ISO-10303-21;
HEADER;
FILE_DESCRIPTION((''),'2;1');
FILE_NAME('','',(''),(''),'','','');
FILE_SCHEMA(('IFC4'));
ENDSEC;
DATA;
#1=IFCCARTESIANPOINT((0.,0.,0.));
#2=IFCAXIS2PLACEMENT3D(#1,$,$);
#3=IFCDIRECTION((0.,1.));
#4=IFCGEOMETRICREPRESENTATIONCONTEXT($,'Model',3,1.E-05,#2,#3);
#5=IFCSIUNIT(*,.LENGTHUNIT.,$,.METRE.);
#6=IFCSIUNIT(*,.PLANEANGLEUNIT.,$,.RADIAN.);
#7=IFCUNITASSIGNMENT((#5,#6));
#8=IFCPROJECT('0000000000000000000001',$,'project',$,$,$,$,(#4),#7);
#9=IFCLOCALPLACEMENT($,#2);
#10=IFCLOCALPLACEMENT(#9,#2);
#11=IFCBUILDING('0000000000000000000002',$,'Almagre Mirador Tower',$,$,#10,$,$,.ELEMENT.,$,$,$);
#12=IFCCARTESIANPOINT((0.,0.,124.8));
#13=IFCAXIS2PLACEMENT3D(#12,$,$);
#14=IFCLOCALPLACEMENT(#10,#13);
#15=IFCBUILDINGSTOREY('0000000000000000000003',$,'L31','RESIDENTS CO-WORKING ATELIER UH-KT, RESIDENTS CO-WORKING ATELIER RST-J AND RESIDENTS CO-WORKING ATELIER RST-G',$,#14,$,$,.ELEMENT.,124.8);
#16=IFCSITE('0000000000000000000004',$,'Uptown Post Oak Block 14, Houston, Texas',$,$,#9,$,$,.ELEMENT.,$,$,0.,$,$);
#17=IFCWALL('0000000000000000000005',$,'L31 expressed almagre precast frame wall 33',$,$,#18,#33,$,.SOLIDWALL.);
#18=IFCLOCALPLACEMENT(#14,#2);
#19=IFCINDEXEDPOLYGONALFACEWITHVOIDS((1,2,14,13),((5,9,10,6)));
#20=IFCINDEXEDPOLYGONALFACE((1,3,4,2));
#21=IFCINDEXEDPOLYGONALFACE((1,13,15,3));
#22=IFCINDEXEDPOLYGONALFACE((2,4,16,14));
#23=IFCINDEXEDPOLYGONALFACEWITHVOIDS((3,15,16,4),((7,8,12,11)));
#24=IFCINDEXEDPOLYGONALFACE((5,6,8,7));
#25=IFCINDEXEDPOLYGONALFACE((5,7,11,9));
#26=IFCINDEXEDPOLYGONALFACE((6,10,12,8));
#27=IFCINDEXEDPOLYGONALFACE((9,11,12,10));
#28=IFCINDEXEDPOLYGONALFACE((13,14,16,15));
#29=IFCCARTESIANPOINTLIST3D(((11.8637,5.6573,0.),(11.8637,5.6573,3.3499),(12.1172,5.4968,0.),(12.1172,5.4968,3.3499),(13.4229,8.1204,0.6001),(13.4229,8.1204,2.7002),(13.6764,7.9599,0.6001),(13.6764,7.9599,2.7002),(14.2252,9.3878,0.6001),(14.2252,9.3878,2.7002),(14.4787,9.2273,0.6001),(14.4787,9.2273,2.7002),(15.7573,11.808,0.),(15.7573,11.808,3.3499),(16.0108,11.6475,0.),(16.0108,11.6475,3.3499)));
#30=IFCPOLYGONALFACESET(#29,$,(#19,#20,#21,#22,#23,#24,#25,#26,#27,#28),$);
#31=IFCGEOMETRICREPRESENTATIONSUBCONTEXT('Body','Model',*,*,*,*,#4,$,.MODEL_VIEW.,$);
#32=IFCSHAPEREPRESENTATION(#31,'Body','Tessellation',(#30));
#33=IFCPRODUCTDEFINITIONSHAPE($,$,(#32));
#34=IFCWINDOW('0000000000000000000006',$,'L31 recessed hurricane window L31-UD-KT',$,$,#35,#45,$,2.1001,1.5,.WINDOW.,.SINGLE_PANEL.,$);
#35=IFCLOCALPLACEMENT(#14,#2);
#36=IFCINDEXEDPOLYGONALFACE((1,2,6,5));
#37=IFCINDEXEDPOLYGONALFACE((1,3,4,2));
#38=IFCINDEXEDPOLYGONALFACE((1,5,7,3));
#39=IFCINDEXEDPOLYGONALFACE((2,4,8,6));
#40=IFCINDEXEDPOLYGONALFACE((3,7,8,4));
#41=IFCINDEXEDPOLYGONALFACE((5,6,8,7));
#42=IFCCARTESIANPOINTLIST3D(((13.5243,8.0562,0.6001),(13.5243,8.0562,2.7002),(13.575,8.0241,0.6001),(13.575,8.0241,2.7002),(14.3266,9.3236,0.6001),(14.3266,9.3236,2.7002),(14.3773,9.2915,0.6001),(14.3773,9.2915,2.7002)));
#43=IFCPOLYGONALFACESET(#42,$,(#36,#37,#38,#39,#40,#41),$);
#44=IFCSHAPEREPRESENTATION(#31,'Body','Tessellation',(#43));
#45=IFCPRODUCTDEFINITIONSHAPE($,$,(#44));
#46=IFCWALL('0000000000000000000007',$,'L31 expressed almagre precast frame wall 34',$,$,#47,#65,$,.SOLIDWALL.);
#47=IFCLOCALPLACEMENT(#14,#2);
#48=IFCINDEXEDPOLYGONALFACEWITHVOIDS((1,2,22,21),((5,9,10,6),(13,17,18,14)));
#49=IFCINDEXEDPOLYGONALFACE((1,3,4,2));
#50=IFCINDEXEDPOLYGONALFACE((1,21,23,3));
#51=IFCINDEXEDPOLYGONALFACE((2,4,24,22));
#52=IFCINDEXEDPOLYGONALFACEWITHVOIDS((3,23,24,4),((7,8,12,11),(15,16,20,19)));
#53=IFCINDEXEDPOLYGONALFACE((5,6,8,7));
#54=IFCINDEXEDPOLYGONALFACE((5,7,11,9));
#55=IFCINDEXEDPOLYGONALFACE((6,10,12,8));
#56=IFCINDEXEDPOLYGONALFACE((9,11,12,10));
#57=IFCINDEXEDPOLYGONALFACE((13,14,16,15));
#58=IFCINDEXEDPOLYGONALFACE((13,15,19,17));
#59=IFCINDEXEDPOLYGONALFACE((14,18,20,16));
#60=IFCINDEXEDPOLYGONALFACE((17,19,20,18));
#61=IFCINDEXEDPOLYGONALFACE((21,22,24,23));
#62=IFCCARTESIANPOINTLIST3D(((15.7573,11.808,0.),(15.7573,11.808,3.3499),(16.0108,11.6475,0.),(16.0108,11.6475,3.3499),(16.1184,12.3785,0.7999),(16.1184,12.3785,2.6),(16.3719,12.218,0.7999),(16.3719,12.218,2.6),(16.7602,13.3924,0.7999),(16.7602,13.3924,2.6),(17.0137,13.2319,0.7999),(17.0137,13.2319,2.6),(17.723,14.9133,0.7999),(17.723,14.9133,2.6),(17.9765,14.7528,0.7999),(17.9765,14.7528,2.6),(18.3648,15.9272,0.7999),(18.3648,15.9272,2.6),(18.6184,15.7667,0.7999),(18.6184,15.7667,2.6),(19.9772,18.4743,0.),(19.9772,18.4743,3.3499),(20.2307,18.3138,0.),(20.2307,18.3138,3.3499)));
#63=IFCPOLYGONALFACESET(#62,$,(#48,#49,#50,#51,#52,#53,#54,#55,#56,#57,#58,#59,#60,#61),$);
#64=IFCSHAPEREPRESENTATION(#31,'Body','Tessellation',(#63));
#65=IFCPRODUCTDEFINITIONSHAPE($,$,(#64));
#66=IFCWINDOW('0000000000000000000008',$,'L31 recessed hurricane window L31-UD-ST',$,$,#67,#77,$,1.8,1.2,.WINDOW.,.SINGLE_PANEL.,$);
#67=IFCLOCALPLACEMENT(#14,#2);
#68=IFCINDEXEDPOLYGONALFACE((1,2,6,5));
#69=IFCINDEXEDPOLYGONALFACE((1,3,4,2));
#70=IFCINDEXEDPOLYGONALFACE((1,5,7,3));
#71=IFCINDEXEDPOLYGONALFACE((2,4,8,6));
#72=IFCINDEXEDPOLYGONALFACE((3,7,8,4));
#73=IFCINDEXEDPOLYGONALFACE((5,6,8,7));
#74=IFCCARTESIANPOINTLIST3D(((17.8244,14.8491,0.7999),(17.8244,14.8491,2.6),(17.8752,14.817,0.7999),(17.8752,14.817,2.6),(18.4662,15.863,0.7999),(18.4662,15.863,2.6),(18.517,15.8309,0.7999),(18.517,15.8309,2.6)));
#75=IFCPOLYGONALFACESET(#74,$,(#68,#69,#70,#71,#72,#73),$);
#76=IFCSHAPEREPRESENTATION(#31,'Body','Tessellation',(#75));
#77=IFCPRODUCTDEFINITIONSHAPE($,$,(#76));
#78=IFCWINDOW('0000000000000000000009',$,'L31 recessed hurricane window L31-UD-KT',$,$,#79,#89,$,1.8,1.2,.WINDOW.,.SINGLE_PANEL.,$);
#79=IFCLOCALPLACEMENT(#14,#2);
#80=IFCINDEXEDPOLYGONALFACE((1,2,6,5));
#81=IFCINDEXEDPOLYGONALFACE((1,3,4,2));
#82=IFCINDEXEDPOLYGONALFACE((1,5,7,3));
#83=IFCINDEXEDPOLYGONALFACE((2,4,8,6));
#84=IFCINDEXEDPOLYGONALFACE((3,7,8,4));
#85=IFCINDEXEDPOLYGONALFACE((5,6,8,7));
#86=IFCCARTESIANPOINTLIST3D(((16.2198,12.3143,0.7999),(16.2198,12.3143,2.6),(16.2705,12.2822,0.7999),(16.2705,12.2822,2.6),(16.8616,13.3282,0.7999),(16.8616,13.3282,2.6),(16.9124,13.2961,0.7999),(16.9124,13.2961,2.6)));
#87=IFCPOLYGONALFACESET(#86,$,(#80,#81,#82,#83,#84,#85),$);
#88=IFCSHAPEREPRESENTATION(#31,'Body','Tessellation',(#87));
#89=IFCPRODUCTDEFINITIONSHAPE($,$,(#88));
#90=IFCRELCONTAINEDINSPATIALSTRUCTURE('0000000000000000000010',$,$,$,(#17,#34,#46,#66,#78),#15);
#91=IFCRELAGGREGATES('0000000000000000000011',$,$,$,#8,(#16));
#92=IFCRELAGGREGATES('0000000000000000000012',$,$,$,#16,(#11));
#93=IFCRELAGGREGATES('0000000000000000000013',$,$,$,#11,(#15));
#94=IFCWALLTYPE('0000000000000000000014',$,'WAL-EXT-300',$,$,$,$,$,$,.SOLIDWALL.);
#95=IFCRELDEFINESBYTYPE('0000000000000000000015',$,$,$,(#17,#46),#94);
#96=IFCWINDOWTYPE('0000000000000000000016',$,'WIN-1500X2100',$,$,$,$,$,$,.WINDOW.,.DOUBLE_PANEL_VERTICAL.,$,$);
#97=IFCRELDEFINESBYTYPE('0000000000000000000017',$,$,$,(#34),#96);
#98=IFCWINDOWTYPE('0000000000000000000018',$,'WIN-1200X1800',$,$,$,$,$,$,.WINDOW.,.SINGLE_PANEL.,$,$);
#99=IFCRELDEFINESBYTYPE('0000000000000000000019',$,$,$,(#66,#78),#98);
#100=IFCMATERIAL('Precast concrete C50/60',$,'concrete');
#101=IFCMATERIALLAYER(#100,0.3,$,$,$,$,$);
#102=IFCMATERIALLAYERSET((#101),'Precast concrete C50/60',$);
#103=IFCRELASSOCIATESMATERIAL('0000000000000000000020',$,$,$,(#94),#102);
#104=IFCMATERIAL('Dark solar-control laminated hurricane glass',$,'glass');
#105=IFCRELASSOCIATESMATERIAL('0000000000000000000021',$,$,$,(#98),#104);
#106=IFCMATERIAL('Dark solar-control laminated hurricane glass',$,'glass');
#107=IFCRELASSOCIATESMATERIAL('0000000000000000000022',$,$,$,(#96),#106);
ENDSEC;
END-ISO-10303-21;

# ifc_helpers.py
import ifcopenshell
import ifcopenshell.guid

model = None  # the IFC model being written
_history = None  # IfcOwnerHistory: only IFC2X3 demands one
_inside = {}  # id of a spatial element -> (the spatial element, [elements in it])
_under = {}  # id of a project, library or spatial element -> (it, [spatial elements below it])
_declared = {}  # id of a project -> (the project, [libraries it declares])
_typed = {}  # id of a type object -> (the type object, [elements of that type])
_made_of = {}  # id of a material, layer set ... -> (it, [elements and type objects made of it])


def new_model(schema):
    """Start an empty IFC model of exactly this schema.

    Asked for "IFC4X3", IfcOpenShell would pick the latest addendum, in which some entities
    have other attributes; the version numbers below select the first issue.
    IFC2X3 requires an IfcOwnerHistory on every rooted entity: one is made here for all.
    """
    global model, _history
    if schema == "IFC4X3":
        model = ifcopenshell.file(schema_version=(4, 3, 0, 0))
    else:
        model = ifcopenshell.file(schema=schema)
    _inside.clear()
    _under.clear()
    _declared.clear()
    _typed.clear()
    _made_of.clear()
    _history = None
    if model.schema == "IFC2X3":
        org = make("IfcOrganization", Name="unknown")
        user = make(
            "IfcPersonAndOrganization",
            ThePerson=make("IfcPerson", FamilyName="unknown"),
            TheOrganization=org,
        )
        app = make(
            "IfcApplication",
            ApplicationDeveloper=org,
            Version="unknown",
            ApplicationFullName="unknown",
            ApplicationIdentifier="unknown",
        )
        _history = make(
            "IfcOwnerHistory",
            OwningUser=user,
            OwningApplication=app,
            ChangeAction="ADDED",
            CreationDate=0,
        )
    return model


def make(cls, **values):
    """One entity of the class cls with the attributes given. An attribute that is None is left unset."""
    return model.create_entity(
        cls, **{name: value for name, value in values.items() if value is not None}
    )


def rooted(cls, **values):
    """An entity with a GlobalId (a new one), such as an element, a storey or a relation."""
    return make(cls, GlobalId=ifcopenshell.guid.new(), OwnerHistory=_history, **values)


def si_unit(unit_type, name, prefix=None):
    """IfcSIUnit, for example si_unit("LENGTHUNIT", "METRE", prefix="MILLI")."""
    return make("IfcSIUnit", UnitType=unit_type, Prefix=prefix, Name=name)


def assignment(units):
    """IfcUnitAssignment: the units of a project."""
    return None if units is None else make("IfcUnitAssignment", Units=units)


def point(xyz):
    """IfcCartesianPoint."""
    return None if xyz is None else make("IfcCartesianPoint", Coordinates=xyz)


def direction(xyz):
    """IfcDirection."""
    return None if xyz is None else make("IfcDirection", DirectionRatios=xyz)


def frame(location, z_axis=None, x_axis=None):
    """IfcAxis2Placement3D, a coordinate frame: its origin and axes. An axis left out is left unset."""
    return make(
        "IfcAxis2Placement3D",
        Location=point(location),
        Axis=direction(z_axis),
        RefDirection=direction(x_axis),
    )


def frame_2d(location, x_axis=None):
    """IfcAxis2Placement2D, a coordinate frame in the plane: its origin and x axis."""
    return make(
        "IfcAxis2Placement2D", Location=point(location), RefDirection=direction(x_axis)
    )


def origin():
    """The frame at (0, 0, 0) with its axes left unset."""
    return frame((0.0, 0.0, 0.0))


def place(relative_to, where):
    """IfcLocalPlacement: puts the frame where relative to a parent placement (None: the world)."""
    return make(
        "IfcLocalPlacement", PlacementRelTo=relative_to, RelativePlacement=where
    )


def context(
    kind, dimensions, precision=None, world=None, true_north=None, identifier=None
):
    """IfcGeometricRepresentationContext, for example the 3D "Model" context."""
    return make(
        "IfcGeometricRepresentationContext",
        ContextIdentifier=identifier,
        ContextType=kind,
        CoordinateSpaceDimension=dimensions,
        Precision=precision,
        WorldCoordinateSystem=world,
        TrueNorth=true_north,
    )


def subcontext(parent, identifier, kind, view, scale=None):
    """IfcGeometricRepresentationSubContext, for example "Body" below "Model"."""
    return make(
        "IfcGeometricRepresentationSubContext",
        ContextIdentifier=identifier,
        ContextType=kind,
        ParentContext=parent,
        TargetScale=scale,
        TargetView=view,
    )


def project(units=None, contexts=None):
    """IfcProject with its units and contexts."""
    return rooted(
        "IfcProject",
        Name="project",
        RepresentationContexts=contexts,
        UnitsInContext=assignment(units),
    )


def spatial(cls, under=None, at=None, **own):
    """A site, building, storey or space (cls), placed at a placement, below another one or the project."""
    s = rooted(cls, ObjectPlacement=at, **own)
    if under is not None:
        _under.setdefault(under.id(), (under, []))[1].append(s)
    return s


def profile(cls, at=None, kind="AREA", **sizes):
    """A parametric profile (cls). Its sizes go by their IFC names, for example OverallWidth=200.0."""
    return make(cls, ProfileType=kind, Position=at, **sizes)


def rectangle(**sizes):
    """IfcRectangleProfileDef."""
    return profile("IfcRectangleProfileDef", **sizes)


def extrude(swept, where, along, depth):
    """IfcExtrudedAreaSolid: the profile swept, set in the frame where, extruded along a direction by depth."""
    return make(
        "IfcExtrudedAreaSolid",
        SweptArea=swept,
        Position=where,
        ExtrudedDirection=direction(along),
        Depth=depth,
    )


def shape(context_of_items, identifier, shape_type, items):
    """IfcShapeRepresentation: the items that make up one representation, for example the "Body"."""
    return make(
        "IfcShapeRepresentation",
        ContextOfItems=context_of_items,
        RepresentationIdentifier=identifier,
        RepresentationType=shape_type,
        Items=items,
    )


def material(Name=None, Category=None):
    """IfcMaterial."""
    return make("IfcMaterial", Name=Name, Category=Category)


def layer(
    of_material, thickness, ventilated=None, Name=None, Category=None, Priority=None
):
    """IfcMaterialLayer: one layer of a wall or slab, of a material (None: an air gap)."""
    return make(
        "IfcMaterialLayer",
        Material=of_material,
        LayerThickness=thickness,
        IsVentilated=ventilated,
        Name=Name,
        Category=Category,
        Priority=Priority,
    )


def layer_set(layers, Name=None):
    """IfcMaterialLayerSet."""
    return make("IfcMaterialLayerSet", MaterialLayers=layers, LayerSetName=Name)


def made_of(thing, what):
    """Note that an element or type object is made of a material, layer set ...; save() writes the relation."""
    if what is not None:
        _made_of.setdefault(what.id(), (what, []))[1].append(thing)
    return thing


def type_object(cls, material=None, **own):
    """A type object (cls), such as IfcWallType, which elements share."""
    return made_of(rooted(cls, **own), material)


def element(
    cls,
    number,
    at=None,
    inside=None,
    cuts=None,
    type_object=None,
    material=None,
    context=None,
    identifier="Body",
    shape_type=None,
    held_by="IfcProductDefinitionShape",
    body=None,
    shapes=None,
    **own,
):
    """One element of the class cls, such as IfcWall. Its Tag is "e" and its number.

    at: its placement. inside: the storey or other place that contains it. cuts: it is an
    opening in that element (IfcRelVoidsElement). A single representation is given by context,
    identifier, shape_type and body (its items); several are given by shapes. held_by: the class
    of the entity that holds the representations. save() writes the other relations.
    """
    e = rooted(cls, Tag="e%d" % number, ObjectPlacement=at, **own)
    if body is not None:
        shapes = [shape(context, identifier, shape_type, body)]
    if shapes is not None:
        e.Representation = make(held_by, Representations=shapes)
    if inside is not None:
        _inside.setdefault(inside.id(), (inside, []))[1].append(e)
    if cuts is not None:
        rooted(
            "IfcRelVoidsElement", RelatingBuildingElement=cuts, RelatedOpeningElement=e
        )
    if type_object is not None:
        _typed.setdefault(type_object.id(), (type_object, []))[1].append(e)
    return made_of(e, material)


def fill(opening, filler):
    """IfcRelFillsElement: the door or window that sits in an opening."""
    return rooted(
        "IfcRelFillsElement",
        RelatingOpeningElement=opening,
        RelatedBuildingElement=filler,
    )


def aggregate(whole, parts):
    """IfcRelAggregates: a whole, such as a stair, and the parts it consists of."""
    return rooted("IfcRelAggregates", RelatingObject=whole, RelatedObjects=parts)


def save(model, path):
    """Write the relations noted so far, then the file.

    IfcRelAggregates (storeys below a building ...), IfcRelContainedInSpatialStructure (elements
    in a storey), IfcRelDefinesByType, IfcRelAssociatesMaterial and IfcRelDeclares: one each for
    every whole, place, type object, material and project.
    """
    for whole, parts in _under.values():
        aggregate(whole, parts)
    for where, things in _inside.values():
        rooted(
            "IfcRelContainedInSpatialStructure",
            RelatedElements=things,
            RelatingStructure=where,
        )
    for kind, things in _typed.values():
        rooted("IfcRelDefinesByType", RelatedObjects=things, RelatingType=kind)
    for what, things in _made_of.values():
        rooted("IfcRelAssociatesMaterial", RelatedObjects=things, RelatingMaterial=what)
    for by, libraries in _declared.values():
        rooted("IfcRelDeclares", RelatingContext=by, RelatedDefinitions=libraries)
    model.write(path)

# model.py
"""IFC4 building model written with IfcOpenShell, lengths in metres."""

from ifc_helpers import new_model, si_unit, direction, frame, frame_2d, origin, place, context, subcontext, project, spatial, rectangle, extrude, material, layer, layer_set, type_object, element, fill, save


model = new_model("IFC4")

# Units and contexts
model_context = context("Model", 3, precision=1e-05, world=origin(), true_north=direction((0.0, 1.0)))
body_context = subcontext(model_context, "Body", "Model", "MODEL_VIEW")
ifc_project = project(units=[si_unit("LENGTHUNIT", "METRE"), si_unit("PLANEANGLEUNIT", "RADIAN")], contexts=[model_context])

# Site, building, storey
site_placement = place(None, origin())
site = spatial("IfcSite", under=ifc_project, at=site_placement, Name="Uptown Post Oak Block 14, Houston, Texas", CompositionType="ELEMENT", RefElevation=0.0)
building_placement = place(site_placement, origin())
building = spatial("IfcBuilding", under=site, at=building_placement, Name="Almagre Mirador Tower", CompositionType="ELEMENT")
storey_placement = place(building_placement, frame((0.0, 0.0, 124.8)))
storey = spatial("IfcBuildingStorey", under=building, at=storey_placement, Name="L31", Description="RESIDENTS CO-WORKING ATELIER UH-KT, RESIDENTS CO-WORKING ATELIER RST-J AND RESIDENTS CO-WORKING ATELIER RST-G", CompositionType="ELEMENT", Elevation=124.8)

# Shared definitions
ifc_material_1 = material(Name="Precast concrete C50/60", Category="concrete")
ifc_layer_1 = layer(ifc_material_1, 0.3)
ifc_layer_set_1 = layer_set([ifc_layer_1], Name="Precast concrete C50/60")
wall_type = type_object("IfcWallType", Name="WAL-EXT-300", PredefinedType="SOLIDWALL", material=ifc_layer_set_1)
ifc_material_2 = material(Name="Dark solar-control laminated hurricane glass", Category="glass")
window_type_1 = type_object("IfcWindowType", Name="WIN-1200X1800", PartitioningType="SINGLE_PANEL", PredefinedType="WINDOW", material=ifc_material_2)

# Wall, opening, window
wall_1_placement = place(storey_placement, frame((11.9905, 5.5771, 0.0), z_axis=(0.0, 0.0, 1.0), x_axis=(0.534871, 0.844934, 0.0)))
wall_1 = element("IfcWall", 1, at=wall_1_placement, inside=storey, type_object=wall_type, Name="L31 expressed almagre precast frame wall 33", PredefinedType="SOLIDWALL", context=body_context, shape_type="SweptSolid", body=[
    extrude(rectangle(XDim=7.2795, YDim=0.3, at=frame_2d((3.6396, 0.0))), origin(), (0.0, 0.0, 1.0), 3.3499),
])
opening_1_placement = place(wall_1_placement, frame((2.915, 0.0, 0.6001)))
opening_1 = element("IfcOpeningElement", 2, at=opening_1_placement, cuts=wall_1, PredefinedType="OPENING", context=body_context, shape_type="SweptSolid", body=[
    extrude(rectangle(XDim=1.5, YDim=2.1001, at=frame_2d((0.75, 1.05))), frame((0.0, 0.1599, 0.0), z_axis=(0.0, -1.0, 0.0), x_axis=(1.0, 0.0, 0.0)), (0.0, 0.0, 1.0), 0.32),
])
ifc_material_3 = material(Name="Dark solar-control laminated hurricane glass", Category="glass")
window_type_2 = type_object("IfcWindowType", Name="WIN-1500X2100", PartitioningType="DOUBLE_PANEL_VERTICAL", PredefinedType="WINDOW", material=ifc_material_3)
window_1_placement = place(opening_1_placement, origin())
window_1 = element("IfcWindow", 3, at=window_1_placement, inside=storey, type_object=window_type_2, Name="L31 recessed hurricane window L31-UD-KT", OverallHeight=2.1001, OverallWidth=1.5, PartitioningType="SINGLE_PANEL", PredefinedType="WINDOW", context=body_context, shape_type="SweptSolid", body=[
    extrude(rectangle(XDim=1.5, YDim=2.1001, at=frame_2d((0.75, 1.05))), frame((0.0, 0.03, 0.0), z_axis=(0.0, -1.0, 0.0), x_axis=(1.0, 0.0, 0.0)), (0.0, 0.0, 1.0), 0.0601),
])
fill(opening_1, window_1)

# Wall, openings, windows
wall_2_placement = place(storey_placement, frame((15.884, 11.7278, 0.0), z_axis=(0.0, 0.0, 1.0), x_axis=(0.534872, 0.844933, 0.0)))
wall_2 = element("IfcWall", 4, at=wall_2_placement, inside=storey, type_object=wall_type, Name="L31 expressed almagre precast frame wall 34", PredefinedType="SOLIDWALL", context=body_context, shape_type="SweptSolid", body=[
    extrude(rectangle(XDim=7.8896, YDim=0.3, at=frame_2d((3.9448, 0.0))), origin(), (0.0, 0.0, 1.0), 3.3499),
])
opening_2_placement = place(wall_2_placement, frame((3.675, 0.0, 0.8)))
opening_2 = element("IfcOpeningElement", 5, at=opening_2_placement, cuts=wall_2, PredefinedType="OPENING", context=body_context, shape_type="SweptSolid", body=[
    extrude(rectangle(XDim=1.2, YDim=1.8, at=frame_2d((0.6001, 0.8999))), frame((0.0, 0.1599, 0.0), z_axis=(0.0, -1.0, 0.0), x_axis=(1.0, 0.0, 0.0)), (0.0, 0.0, 1.0), 0.32),
])
opening_3_placement = place(wall_2_placement, frame((0.675, 0.0, 0.8)))
opening_3 = element("IfcOpeningElement", 6, at=opening_3_placement, cuts=wall_2, PredefinedType="OPENING", context=body_context, shape_type="SweptSolid", body=[
    extrude(rectangle(XDim=1.2, YDim=1.8, at=frame_2d((0.6001, 0.8999))), frame((0.0, 0.1599, 0.0), z_axis=(0.0, -1.0, 0.0), x_axis=(1.0, 0.0, 0.0)), (0.0, 0.0, 1.0), 0.32),
])
window_2_placement = place(opening_2_placement, origin())
window_2 = element("IfcWindow", 7, at=window_2_placement, inside=storey, type_object=window_type_1, Name="L31 recessed hurricane window L31-UD-ST", OverallHeight=1.8, OverallWidth=1.2, PartitioningType="SINGLE_PANEL", PredefinedType="WINDOW", context=body_context, shape_type="SweptSolid", body=[
    extrude(rectangle(XDim=1.2, YDim=1.8, at=frame_2d((0.6001, 0.8999))), frame((0.0, 0.03, 0.0), z_axis=(0.0, -1.0, 0.0), x_axis=(1.0, 0.0, 0.0)), (0.0, 0.0, 1.0), 0.0601),
])
fill(opening_2, window_2)
window_3_placement = place(opening_3_placement, origin())
window_3 = element("IfcWindow", 8, at=window_3_placement, inside=storey, type_object=window_type_1, Name="L31 recessed hurricane window L31-UD-KT", OverallHeight=1.8, OverallWidth=1.2, PartitioningType="SINGLE_PANEL", PredefinedType="WINDOW", context=body_context, shape_type="SweptSolid", body=[
    extrude(rectangle(XDim=1.2, YDim=1.8, at=frame_2d((0.6001, 0.8999))), frame((0.0, 0.03, 0.0), z_axis=(0.0, -1.0, 0.0), x_axis=(1.0, 0.0, 0.0)), (0.0, 0.0, 1.0), 0.0601),
])
fill(opening_3, window_3)

save(model, "model.ifc")
